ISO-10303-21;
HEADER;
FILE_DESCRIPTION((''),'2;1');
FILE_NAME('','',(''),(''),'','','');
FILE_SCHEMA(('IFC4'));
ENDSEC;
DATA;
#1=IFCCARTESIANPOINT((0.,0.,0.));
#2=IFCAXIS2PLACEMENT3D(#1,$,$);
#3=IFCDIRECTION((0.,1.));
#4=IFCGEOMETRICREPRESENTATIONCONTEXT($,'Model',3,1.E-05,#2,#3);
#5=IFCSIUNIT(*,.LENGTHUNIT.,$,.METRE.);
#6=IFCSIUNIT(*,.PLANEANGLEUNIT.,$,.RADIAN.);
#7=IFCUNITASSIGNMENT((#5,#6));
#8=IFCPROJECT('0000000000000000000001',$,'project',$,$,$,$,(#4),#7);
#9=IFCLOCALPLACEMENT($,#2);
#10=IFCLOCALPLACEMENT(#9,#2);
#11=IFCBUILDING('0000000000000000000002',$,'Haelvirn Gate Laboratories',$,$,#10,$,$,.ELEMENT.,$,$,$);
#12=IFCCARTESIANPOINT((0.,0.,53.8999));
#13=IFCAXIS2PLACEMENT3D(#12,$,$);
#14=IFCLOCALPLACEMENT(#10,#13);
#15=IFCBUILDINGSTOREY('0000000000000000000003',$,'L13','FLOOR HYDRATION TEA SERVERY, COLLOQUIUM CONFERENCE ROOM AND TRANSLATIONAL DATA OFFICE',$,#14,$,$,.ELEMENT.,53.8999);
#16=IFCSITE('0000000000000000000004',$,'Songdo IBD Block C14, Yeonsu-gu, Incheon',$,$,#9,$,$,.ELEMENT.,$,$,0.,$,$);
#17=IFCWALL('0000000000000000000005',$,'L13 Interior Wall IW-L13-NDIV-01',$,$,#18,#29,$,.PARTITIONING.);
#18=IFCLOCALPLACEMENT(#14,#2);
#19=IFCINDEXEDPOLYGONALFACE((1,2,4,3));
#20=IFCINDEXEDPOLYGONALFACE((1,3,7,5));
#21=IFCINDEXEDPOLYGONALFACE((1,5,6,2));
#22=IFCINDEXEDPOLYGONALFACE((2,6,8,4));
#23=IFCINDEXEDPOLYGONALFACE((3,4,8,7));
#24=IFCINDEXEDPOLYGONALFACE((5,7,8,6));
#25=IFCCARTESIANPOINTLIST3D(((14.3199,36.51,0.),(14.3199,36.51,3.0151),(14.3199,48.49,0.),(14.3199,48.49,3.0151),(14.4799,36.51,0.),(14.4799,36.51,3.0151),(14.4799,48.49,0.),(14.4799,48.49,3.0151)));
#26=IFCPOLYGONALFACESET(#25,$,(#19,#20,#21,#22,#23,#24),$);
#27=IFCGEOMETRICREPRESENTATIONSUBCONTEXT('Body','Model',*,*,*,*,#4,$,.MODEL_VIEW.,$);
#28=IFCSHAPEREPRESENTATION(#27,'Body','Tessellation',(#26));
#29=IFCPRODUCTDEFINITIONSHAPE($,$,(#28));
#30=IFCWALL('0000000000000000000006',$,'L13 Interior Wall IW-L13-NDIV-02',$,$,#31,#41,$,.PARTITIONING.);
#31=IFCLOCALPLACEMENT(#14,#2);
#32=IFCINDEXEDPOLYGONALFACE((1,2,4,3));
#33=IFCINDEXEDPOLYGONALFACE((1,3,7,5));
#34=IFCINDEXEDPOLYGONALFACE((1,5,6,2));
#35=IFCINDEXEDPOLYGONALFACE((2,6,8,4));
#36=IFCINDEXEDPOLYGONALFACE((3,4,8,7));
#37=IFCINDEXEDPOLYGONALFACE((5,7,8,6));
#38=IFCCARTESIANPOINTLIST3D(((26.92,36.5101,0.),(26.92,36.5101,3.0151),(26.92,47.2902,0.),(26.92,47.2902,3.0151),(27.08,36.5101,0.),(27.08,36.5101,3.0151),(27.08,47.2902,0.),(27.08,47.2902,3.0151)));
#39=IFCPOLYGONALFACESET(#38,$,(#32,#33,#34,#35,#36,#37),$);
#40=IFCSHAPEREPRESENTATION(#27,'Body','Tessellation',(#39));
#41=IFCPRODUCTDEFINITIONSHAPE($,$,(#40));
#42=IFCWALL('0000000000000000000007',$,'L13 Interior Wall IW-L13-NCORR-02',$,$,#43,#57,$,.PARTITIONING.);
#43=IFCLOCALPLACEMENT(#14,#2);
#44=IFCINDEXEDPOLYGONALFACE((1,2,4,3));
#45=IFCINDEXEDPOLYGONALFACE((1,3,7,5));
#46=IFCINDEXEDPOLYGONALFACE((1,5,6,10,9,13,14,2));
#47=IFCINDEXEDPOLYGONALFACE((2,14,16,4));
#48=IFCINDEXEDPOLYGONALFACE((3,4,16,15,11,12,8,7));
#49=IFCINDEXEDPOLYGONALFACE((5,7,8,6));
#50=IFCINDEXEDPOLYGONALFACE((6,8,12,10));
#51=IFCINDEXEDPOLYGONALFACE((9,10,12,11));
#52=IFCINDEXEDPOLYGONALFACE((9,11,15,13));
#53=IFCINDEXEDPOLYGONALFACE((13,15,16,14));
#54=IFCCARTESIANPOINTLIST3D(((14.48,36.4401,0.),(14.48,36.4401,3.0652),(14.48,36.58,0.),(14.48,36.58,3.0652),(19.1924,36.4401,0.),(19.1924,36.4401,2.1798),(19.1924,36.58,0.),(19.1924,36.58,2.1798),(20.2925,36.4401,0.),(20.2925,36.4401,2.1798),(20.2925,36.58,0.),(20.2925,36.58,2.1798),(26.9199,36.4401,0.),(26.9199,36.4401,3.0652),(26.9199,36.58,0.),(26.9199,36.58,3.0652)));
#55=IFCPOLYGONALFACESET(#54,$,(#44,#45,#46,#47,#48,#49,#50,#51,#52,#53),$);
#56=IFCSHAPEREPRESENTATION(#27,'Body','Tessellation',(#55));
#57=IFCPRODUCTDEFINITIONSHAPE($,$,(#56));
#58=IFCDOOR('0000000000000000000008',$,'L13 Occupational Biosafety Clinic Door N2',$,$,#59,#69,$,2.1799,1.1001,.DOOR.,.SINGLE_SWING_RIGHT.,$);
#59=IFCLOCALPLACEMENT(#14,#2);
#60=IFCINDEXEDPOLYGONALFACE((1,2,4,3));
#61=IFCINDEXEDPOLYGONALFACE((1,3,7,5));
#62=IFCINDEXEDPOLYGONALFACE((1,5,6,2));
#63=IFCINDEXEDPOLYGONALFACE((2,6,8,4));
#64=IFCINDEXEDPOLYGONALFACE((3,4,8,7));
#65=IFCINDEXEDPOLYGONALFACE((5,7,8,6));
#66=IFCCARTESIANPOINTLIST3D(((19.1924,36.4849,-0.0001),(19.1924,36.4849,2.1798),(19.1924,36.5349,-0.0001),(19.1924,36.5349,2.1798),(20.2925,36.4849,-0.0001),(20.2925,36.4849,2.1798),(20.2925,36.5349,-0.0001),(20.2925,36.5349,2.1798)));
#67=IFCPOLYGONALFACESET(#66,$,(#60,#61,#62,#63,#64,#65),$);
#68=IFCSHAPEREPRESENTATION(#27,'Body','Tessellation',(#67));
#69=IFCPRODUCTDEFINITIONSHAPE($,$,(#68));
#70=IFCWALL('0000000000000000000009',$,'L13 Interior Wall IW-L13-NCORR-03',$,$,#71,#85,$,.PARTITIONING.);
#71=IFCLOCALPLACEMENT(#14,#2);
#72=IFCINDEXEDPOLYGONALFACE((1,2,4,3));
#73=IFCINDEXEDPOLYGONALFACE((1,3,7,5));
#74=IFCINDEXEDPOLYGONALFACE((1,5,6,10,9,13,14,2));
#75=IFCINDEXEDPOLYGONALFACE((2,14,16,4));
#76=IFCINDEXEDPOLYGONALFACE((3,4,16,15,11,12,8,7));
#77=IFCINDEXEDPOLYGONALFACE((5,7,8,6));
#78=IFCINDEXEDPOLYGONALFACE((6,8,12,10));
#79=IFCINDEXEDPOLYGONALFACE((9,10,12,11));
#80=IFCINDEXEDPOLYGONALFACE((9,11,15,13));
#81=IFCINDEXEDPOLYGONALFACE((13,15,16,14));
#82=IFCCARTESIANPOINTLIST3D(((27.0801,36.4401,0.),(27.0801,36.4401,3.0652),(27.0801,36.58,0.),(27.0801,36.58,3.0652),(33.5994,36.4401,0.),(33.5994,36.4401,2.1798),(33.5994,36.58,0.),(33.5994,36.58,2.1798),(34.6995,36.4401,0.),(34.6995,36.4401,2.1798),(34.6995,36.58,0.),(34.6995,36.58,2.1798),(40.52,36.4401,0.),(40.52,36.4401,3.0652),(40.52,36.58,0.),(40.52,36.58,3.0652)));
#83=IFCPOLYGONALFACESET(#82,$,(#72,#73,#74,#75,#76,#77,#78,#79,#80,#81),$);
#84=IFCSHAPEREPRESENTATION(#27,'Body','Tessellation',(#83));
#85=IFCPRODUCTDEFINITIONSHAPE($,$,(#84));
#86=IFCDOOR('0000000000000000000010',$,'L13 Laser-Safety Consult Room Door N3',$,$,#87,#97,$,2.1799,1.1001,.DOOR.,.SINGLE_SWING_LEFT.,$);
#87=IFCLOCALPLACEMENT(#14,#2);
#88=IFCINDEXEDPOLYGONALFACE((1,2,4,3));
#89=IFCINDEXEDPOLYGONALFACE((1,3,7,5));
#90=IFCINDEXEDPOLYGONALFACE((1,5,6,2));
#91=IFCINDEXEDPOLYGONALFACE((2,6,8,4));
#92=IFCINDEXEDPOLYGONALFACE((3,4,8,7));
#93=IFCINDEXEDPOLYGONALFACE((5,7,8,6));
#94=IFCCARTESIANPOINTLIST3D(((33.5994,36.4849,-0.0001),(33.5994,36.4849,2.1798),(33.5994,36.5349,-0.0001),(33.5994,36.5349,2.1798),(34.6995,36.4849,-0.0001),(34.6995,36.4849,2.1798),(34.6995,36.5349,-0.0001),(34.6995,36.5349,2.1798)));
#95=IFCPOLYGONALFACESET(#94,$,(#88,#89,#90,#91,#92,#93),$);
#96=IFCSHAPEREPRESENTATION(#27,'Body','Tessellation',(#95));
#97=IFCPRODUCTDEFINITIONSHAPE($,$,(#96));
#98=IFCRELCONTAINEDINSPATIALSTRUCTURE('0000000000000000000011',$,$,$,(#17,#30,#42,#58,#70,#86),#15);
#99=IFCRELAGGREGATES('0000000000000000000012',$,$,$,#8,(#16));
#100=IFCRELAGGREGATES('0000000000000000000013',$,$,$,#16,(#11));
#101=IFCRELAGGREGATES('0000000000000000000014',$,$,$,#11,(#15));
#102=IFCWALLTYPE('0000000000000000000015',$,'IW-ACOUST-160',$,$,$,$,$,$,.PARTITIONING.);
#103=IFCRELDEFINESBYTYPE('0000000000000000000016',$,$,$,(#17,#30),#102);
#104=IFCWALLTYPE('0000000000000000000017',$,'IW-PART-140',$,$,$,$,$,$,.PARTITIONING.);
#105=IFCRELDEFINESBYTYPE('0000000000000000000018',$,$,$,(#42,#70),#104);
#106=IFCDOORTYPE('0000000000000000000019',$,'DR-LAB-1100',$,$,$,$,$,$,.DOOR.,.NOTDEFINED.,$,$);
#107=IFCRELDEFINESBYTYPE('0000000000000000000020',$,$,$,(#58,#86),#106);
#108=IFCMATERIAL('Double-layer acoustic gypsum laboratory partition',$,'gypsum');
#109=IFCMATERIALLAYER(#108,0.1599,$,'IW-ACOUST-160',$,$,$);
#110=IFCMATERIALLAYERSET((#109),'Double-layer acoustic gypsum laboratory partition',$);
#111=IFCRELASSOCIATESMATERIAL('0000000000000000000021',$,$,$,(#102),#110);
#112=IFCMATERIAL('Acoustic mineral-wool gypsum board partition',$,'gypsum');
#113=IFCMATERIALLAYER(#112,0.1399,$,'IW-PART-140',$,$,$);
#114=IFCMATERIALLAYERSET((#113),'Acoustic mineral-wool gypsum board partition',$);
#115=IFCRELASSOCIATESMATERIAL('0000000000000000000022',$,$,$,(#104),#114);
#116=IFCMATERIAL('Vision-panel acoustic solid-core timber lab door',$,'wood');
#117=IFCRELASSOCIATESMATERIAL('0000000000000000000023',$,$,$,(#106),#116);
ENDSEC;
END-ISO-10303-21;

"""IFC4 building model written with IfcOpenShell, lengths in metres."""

from ifc_helpers import new_model, si_unit, direction, frame, frame_2d, origin, place, context, subcontext, project, spatial, rectangle, extrude, source, transform, mapped, material, layer, layer_set, type_object, type_shapes, element, fill, save


model = new_model("IFC4")

# Units and contexts
model_context = context("Model", 3, precision=1e-05, world=origin(), true_north=direction((0.0, 1.0)))
body_context = subcontext(model_context, "Body", "Model", "MODEL_VIEW")
ifc_project = project(units=[si_unit("LENGTHUNIT", "METRE"), si_unit("PLANEANGLEUNIT", "RADIAN")], contexts=[model_context])

# Site, building, storey
site_placement = place(None, origin())
site = spatial("IfcSite", under=ifc_project, at=site_placement, Name="Songdo IBD Block C14, Yeonsu-gu, Incheon", CompositionType="ELEMENT", RefElevation=0.0)
building_placement = place(site_placement, origin())
building = spatial("IfcBuilding", under=site, at=building_placement, Name="Haelvirn Gate Laboratories", CompositionType="ELEMENT")
storey_placement = place(building_placement, frame((0.0, 0.0, 53.8999)))
storey = spatial("IfcBuildingStorey", under=building, at=storey_placement, Name="L13", Description="FLOOR HYDRATION TEA SERVERY, COLLOQUIUM CONFERENCE ROOM AND TRANSLATIONAL DATA OFFICE", CompositionType="ELEMENT", Elevation=53.8999)

# Walls
ifc_material_1 = material(Name="Double-layer acoustic gypsum laboratory partition", Category="gypsum")
ifc_layer_1 = layer(ifc_material_1, 0.1599, Name="IW-ACOUST-160")
ifc_layer_set_1 = layer_set([ifc_layer_1], Name="Double-layer acoustic gypsum laboratory partition")
wall_type_1 = type_object("IfcWallType", Name="IW-ACOUST-160", PredefinedType="PARTITIONING", material=ifc_layer_set_1)
wall_1_placement = place(storey_placement, frame((14.3999, 36.51, 0.0), z_axis=(0.0, 0.0, 1.0), x_axis=(0.0, 1.0, 0.0)))
element("IfcWall", 1, at=wall_1_placement, inside=storey, type_object=wall_type_1, Name="L13 Interior Wall IW-L13-NDIV-01", PredefinedType="PARTITIONING", context=body_context, shape_type="SweptSolid", body=[
    extrude(rectangle(XDim=11.98, YDim=0.1599, at=frame_2d((5.99, 0.0))), origin(), (0.0, 0.0, 1.0), 3.0151),
])
wall_2_placement = place(storey_placement, frame((27.0, 36.51, 0.0), z_axis=(0.0, 0.0, 1.0), x_axis=(0.0, 1.0, 0.0)))
element("IfcWall", 2, at=wall_2_placement, inside=storey, type_object=wall_type_1, Name="L13 Interior Wall IW-L13-NDIV-02", PredefinedType="PARTITIONING", context=body_context, shape_type="SweptSolid", body=[
    extrude(rectangle(XDim=10.78, YDim=0.1599, at=frame_2d((5.3901, 0.0))), origin(), (0.0, 0.0, 1.0), 3.0151),
])

# Walls, openings, doors
ifc_material_2 = material(Name="Acoustic mineral-wool gypsum board partition", Category="gypsum")
ifc_layer_2 = layer(ifc_material_2, 0.1399, Name="IW-PART-140")
ifc_layer_set_2 = layer_set([ifc_layer_2], Name="Acoustic mineral-wool gypsum board partition")
wall_type_2 = type_object("IfcWallType", Name="IW-PART-140", PredefinedType="PARTITIONING", material=ifc_layer_set_2)
wall_3_placement = place(storey_placement, frame((14.48, 36.51, 0.0), z_axis=(0.0, 0.0, 1.0), x_axis=(1.0, 0.0, 0.0)))
wall_3 = element("IfcWall", 3, at=wall_3_placement, inside=storey, type_object=wall_type_2, Name="L13 Interior Wall IW-L13-NCORR-02", PredefinedType="PARTITIONING", context=body_context, shape_type="SweptSolid", body=[
    extrude(rectangle(XDim=12.4399, YDim=0.1399, at=frame_2d((6.22, 0.0))), origin(), (0.0, 0.0, 1.0), 3.0652),
])
opening_1_placement = place(wall_3_placement, frame((4.7124, 0.0, 0.0)))
opening_1 = element("IfcOpeningElement", 4, at=opening_1_placement, cuts=wall_3, PredefinedType="OPENING", context=body_context, shape_type="SweptSolid", body=[
    extrude(rectangle(XDim=1.1001, YDim=2.1799, at=frame_2d((0.55, 1.0898))), frame((0.0, 0.0801, 0.0), z_axis=(0.0, -1.0, 0.0), x_axis=(1.0, 0.0, 0.0)), (0.0, 0.0, 1.0), 0.1599),
])
ifc_material_3 = material(Name="Vision-panel acoustic solid-core timber lab door", Category="wood")
door_type = type_object("IfcDoorType", Name="DR-LAB-1100", OperationType="NOTDEFINED", PredefinedType="DOOR", material=ifc_material_3)
shared_shape_1 = source(origin(), body_context, "Body", "SweptSolid", [
    extrude(rectangle(XDim=1.1001, YDim=2.1799, at=frame_2d((0.55, 1.0898))), frame((0.0, 0.0249, 0.0), z_axis=(0.0, -1.0, 0.0), x_axis=(1.0, 0.0, 0.0)), (0.0, 0.0, 1.0), 0.05),
])
type_shapes(door_type, [shared_shape_1])
door_1_placement = place(opening_1_placement, origin())
door_1 = element("IfcDoor", 5, at=door_1_placement, inside=storey, type_object=door_type, Name="L13 Occupational Biosafety Clinic Door N2", OperationType="SINGLE_SWING_RIGHT", OverallHeight=2.1799, OverallWidth=1.1001, PredefinedType="DOOR", context=body_context, shape_type="MappedRepresentation", body=[
    mapped(shared_shape_1, transform((0.0, 0.0, 0.0), scale=1.0)),
])
fill(opening_1, door_1)
wall_4_placement = place(storey_placement, frame((27.0801, 36.51, 0.0), z_axis=(0.0, 0.0, 1.0), x_axis=(1.0, 0.0, 0.0)))
wall_4 = element("IfcWall", 6, at=wall_4_placement, inside=storey, type_object=wall_type_2, Name="L13 Interior Wall IW-L13-NCORR-03", PredefinedType="PARTITIONING", context=body_context, shape_type="SweptSolid", body=[
    extrude(rectangle(XDim=13.4399, YDim=0.1399, at=frame_2d((6.72, 0.0))), origin(), (0.0, 0.0, 1.0), 3.0652),
])
opening_2_placement = place(wall_4_placement, frame((6.5193, 0.0, 0.0)))
opening_2 = element("IfcOpeningElement", 7, at=opening_2_placement, cuts=wall_4, PredefinedType="OPENING", context=body_context, shape_type="SweptSolid", body=[
    extrude(rectangle(XDim=1.1001, YDim=2.1799, at=frame_2d((0.55, 1.0898))), frame((0.0, 0.0801, 0.0), z_axis=(0.0, -1.0, 0.0), x_axis=(1.0, 0.0, 0.0)), (0.0, 0.0, 1.0), 0.1599),
])
door_2_placement = place(opening_2_placement, origin())
door_2 = element("IfcDoor", 8, at=door_2_placement, inside=storey, type_object=door_type, Name="L13 Laser-Safety Consult Room Door N3", OperationType="SINGLE_SWING_LEFT", OverallHeight=2.1799, OverallWidth=1.1001, PredefinedType="DOOR", context=body_context, shape_type="MappedRepresentation", body=[
    mapped(shared_shape_1, transform((0.0, 0.0, 0.0), scale=1.0)),
])
fill(opening_2, door_2)

save(model, "model.ifc")
